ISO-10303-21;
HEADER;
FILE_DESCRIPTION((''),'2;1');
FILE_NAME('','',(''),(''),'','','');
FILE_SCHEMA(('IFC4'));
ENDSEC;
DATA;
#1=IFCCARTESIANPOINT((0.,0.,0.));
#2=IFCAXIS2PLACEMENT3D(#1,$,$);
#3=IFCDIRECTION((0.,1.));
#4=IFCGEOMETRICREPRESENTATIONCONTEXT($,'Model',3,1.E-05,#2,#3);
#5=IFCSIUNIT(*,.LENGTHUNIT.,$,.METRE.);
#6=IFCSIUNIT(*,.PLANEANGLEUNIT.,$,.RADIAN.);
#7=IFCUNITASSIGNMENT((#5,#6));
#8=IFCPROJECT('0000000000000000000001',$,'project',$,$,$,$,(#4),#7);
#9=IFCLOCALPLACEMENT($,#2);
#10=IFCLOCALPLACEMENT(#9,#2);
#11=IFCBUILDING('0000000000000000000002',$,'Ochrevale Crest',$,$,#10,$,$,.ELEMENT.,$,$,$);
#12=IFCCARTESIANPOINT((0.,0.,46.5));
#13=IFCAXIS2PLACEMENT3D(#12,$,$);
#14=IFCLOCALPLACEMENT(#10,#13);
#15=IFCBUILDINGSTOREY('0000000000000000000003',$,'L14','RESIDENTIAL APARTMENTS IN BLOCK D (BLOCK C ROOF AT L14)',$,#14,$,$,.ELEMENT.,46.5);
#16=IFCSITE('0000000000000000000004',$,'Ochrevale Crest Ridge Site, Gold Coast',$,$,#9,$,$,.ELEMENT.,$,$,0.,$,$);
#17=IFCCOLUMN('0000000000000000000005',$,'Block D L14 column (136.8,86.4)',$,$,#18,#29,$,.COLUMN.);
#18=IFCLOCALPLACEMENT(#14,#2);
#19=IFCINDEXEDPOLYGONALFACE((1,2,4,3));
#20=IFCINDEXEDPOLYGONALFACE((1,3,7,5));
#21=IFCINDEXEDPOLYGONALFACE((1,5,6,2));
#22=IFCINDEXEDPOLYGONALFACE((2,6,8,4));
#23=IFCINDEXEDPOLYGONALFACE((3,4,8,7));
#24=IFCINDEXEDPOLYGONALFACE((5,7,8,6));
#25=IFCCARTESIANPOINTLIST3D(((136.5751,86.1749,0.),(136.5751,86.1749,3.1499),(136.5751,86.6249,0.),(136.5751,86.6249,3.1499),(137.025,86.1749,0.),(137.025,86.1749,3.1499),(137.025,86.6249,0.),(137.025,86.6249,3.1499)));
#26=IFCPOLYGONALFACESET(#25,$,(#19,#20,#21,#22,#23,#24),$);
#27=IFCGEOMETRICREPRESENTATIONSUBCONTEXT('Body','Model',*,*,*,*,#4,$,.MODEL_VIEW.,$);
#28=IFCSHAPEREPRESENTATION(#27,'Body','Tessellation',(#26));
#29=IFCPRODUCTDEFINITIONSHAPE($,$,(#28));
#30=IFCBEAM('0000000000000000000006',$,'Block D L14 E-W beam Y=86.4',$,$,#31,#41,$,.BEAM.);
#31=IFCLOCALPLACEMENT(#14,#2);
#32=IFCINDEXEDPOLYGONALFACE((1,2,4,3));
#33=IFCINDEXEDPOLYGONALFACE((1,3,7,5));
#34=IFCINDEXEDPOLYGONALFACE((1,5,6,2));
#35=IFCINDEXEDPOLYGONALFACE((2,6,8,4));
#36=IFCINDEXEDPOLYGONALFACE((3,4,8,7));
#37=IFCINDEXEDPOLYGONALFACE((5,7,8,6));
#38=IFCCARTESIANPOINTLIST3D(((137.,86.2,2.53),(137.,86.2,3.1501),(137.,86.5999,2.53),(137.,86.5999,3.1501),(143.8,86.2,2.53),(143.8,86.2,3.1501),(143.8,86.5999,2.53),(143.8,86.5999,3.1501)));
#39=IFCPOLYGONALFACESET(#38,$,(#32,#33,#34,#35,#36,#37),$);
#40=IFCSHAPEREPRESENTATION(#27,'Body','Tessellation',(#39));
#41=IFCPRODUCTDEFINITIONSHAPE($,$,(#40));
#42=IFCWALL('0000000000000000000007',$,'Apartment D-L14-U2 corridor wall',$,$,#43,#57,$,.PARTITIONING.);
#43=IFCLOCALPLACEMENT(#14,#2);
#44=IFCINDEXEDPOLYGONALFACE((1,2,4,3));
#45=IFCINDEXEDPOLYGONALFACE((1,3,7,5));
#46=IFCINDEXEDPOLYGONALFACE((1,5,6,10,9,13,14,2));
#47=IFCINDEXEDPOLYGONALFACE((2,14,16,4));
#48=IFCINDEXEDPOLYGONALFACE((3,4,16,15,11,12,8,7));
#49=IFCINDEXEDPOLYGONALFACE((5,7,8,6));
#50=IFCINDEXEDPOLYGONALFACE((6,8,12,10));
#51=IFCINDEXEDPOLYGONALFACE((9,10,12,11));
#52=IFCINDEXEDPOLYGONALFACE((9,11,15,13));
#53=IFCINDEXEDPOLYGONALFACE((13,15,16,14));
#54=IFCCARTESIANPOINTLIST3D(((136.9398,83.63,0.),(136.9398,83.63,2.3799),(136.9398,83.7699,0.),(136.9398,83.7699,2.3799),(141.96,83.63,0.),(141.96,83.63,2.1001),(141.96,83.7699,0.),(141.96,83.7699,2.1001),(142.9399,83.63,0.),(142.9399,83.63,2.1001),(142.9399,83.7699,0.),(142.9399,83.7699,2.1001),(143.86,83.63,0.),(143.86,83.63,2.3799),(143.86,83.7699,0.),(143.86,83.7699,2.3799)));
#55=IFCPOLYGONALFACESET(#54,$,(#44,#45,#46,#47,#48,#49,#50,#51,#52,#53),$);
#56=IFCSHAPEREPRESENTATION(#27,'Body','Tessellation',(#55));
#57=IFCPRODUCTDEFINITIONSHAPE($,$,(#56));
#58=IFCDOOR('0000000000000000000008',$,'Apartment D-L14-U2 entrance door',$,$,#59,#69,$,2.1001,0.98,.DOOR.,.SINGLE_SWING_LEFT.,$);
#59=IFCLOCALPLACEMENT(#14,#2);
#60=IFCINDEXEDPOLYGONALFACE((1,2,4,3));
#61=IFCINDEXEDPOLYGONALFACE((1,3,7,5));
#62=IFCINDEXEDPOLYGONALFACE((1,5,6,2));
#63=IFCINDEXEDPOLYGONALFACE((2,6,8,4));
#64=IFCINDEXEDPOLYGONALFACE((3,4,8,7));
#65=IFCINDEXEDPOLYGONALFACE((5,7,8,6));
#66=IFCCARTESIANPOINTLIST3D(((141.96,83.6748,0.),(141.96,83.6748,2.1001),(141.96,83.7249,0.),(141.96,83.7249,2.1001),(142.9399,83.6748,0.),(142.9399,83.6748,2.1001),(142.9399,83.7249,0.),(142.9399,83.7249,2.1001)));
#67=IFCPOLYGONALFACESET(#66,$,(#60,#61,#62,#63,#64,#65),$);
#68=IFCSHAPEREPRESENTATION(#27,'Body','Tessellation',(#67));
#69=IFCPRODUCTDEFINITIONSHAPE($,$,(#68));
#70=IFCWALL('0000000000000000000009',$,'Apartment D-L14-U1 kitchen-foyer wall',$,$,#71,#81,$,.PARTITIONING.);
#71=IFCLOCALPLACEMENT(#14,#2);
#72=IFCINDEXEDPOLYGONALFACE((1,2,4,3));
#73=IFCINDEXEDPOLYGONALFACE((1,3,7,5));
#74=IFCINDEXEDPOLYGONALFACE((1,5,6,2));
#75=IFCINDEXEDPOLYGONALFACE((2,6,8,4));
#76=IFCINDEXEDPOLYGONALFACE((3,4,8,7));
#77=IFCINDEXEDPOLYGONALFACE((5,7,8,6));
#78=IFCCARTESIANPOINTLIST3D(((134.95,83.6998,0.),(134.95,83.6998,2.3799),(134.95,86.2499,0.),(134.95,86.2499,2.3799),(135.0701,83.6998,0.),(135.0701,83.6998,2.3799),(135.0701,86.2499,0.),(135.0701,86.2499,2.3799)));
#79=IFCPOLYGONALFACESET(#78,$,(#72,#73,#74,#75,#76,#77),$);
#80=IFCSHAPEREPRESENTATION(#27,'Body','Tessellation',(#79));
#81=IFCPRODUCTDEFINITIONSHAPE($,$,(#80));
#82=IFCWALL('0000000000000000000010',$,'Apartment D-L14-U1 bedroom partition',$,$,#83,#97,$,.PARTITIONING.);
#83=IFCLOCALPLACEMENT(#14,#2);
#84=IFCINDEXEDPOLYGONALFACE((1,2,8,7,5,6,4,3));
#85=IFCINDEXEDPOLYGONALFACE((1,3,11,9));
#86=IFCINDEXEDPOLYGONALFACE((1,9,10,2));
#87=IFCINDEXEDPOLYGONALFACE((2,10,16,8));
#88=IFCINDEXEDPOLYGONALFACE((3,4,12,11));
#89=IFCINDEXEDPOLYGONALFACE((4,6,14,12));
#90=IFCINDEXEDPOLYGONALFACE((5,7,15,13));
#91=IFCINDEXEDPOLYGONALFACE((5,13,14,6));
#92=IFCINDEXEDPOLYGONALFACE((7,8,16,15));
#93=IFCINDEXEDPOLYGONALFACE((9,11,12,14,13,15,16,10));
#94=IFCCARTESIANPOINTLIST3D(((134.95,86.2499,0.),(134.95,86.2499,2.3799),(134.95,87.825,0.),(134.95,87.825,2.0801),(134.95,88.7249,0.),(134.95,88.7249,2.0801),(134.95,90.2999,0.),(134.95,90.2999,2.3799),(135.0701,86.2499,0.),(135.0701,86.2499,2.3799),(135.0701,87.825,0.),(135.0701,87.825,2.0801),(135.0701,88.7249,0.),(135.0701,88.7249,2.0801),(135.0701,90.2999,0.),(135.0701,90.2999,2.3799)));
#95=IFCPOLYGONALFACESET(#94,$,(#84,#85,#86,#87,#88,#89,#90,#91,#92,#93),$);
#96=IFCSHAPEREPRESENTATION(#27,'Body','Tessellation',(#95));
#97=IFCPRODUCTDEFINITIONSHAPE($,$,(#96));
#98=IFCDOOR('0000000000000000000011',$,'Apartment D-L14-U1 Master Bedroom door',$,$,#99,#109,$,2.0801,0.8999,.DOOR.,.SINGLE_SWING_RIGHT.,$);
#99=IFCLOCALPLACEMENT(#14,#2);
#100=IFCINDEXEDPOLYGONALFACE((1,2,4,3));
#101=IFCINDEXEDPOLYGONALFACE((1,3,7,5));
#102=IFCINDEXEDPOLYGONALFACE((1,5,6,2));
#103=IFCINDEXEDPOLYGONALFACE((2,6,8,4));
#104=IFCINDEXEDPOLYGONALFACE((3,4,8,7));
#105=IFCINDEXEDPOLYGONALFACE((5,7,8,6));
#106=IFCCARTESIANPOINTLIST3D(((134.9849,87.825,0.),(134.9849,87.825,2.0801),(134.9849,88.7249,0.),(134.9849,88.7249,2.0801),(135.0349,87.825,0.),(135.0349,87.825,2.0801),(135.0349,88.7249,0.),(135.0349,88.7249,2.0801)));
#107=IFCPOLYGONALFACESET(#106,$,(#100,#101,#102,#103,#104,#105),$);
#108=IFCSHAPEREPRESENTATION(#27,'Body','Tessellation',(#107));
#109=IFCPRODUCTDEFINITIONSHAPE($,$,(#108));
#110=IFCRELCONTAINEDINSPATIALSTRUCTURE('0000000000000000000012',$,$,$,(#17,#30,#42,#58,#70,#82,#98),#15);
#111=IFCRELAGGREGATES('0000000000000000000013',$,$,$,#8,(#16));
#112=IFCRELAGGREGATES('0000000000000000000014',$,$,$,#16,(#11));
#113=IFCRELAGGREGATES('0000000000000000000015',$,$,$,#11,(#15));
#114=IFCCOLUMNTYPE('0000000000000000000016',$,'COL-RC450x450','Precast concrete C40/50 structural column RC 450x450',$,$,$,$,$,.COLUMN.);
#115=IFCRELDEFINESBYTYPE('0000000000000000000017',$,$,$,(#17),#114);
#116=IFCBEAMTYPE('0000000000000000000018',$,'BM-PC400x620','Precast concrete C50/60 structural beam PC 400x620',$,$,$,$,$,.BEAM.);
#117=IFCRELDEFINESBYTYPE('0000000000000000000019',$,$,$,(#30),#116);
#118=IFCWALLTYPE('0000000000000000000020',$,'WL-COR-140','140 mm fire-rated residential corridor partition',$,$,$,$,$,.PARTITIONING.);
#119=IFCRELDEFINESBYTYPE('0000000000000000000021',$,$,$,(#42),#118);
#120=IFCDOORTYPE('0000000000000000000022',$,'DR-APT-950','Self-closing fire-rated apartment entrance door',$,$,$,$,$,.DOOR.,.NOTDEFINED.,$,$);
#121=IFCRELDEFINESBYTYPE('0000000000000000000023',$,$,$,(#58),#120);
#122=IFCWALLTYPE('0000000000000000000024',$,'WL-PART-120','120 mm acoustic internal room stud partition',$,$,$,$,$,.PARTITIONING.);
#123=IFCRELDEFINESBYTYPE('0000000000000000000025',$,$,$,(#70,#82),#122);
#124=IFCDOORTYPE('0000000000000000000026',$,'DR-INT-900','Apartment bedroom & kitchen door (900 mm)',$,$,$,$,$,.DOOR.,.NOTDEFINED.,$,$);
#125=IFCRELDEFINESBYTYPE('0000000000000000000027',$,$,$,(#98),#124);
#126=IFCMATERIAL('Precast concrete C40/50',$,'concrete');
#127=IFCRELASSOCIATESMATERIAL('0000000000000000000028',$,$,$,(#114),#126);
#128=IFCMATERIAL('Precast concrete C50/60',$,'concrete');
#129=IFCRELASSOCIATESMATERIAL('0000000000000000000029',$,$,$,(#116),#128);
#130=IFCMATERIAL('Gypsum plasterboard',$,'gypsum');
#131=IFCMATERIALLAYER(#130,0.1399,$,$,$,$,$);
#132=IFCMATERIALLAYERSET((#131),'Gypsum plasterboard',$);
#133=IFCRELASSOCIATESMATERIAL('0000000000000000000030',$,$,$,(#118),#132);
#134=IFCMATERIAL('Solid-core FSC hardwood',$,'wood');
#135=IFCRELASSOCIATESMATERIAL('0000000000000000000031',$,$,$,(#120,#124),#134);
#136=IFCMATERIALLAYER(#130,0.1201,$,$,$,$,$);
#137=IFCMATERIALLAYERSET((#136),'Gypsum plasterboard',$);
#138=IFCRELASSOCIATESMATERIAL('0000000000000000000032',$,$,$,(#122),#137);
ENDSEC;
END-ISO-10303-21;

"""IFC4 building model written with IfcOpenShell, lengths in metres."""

from ifc_helpers import new_model, si_unit, direction, frame, frame_2d, origin, origin_2d, place, context, subcontext, project, spatial, rectangle, extrude, material, layer, layer_set, material_profile, profile_set, type_object, element, fill, save


model = new_model("IFC4")

# Units and contexts
model_context = context("Model", 3, precision=1e-05, world=origin(), true_north=direction((0.0, 1.0)))
body_context = subcontext(model_context, "Body", "Model", "MODEL_VIEW")
ifc_project = project(units=[si_unit("LENGTHUNIT", "METRE"), si_unit("PLANEANGLEUNIT", "RADIAN")], contexts=[model_context])

# Site, building, storey
site_placement = place(None, origin())
site = spatial("IfcSite", under=ifc_project, at=site_placement, Name="Ochrevale Crest Ridge Site, Gold Coast", CompositionType="ELEMENT", RefElevation=0.0)
building_placement = place(site_placement, origin())
building = spatial("IfcBuilding", under=site, at=building_placement, Name="Ochrevale Crest", CompositionType="ELEMENT")
storey_placement = place(building_placement, frame((0.0, 0.0, 46.5)))
storey = spatial("IfcBuildingStorey", under=building, at=storey_placement, Name="L14", Description="RESIDENTIAL APARTMENTS IN BLOCK D (BLOCK C ROOF AT L14)", CompositionType="ELEMENT", Elevation=46.5)

# Column
ifc_material_1 = material(Name="Precast concrete C40/50", Category="concrete")
ifc_material_profile_1 = material_profile(ifc_material_1, rectangle(XDim=0.45, YDim=0.45, at=origin_2d()), Name="RC 450x450")
ifc_profile_set_1 = profile_set([ifc_material_profile_1], Name="Precast concrete C40/50")
column_type = type_object("IfcColumnType", Name="COL-RC450x450", Description="Precast concrete C40/50 structural column RC 450x450", PredefinedType="COLUMN", material=ifc_profile_set_1)
column_placement = place(storey_placement, frame((136.8, 86.3999, 0.0), z_axis=(0.0, 0.0, 1.0), x_axis=(1.0, 0.0, 0.0)))
element("IfcColumn", 1, at=column_placement, inside=storey, type_object=column_type, Name="Block D L14 column (136.8,86.4)", PredefinedType="COLUMN", context=body_context, shape_type="SweptSolid", body=[
    extrude(rectangle(XDim=0.45, YDim=0.45, at=origin_2d()), origin(), (0.0, 0.0, 1.0), 3.1499),
])

# Beam
ifc_material_2 = material(Name="Precast concrete C50/60", Category="concrete")
ifc_material_profile_2 = material_profile(ifc_material_2, rectangle(XDim=0.3999, YDim=0.6201, at=origin_2d()), Name="PC 400x620")
ifc_profile_set_2 = profile_set([ifc_material_profile_2], Name="Precast concrete C50/60")
beam_type = type_object("IfcBeamType", Name="BM-PC400x620", Description="Precast concrete C50/60 structural beam PC 400x620", PredefinedType="BEAM", material=ifc_profile_set_2)
beam_placement = place(storey_placement, frame((137.0, 86.3999, 2.8401), z_axis=(1.0, 0.0, 0.0), x_axis=(0.0, 1.0, 0.0)))
element("IfcBeam", 2, at=beam_placement, inside=storey, type_object=beam_type, Name="Block D L14 E-W beam Y=86.4", PredefinedType="BEAM", context=body_context, shape_type="SweptSolid", body=[
    extrude(rectangle(XDim=0.3999, YDim=0.6201, at=origin_2d()), origin(), (0.0, 0.0, 1.0), 6.8),
])

# Wall, opening, door
ifc_material_3 = material(Name="Gypsum plasterboard", Category="gypsum")
ifc_layer_1 = layer(ifc_material_3, 0.1399)
ifc_layer_set_1 = layer_set([ifc_layer_1], Name="Gypsum plasterboard")
wall_type_1 = type_object("IfcWallType", Name="WL-COR-140", Description="140 mm fire-rated residential corridor partition", PredefinedType="PARTITIONING", material=ifc_layer_set_1)
wall_1_placement = place(storey_placement, frame((136.9399, 83.7, 0.0), z_axis=(0.0, 0.0, 1.0), x_axis=(1.0, 0.0, 0.0)))
wall_1 = element("IfcWall", 3, at=wall_1_placement, inside=storey, type_object=wall_type_1, Name="Apartment D-L14-U2 corridor wall", PredefinedType="PARTITIONING", context=body_context, shape_type="SweptSolid", body=[
    extrude(rectangle(XDim=6.9202, YDim=0.1399, at=frame_2d((3.46, 0.0))), origin(), (0.0, 0.0, 1.0), 2.3799),
])
opening_1_placement = place(wall_1_placement, frame((5.02, 0.0, 0.0)))
opening_1 = element("IfcOpeningElement", 4, at=opening_1_placement, cuts=wall_1, PredefinedType="OPENING", context=body_context, shape_type="SweptSolid", body=[
    extrude(rectangle(XDim=0.98, YDim=2.1001, at=frame_2d((0.49, 1.05))), frame((0.0, 0.0801, 0.0), z_axis=(0.0, -1.0, 0.0), x_axis=(1.0, 0.0, 0.0)), (0.0, 0.0, 1.0), 0.1599),
])
ifc_material_4 = material(Name="Solid-core FSC hardwood", Category="wood")
door_type_1 = type_object("IfcDoorType", Name="DR-APT-950", Description="Self-closing fire-rated apartment entrance door", OperationType="NOTDEFINED", PredefinedType="DOOR", material=ifc_material_4)
door_1_placement = place(opening_1_placement, origin())
door_1 = element("IfcDoor", 5, at=door_1_placement, inside=storey, type_object=door_type_1, Name="Apartment D-L14-U2 entrance door", OperationType="SINGLE_SWING_LEFT", OverallHeight=2.1001, OverallWidth=0.98, PredefinedType="DOOR", context=body_context, shape_type="SweptSolid", body=[
    extrude(rectangle(XDim=0.98, YDim=2.1001, at=frame_2d((0.49, 1.05))), frame((0.0, 0.0249, 0.0), z_axis=(0.0, -1.0, 0.0), x_axis=(1.0, 0.0, 0.0)), (0.0, 0.0, 1.0), 0.05),
])
fill(opening_1, door_1)

# Wall
ifc_layer_2 = layer(ifc_material_3, 0.1201)
ifc_layer_set_2 = layer_set([ifc_layer_2], Name="Gypsum plasterboard")
wall_type_2 = type_object("IfcWallType", Name="WL-PART-120", Description="120 mm acoustic internal room stud partition", PredefinedType="PARTITIONING", material=ifc_layer_set_2)
wall_2_placement = place(storey_placement, frame((135.01, 83.7, 0.0), z_axis=(0.0, 0.0, 1.0), x_axis=(0.0, 1.0, 0.0)))
element("IfcWall", 6, at=wall_2_placement, inside=storey, type_object=wall_type_2, Name="Apartment D-L14-U1 kitchen-foyer wall", PredefinedType="PARTITIONING", context=body_context, shape_type="SweptSolid", body=[
    extrude(rectangle(XDim=2.55, YDim=0.1201, at=frame_2d((1.2749, 0.0))), origin(), (0.0, 0.0, 1.0), 2.3799),
])

# Wall, opening, door
wall_3_placement = place(storey_placement, frame((135.01, 86.25, 0.0), z_axis=(0.0, 0.0, 1.0), x_axis=(0.0, 1.0, 0.0)))
wall_3 = element("IfcWall", 7, at=wall_3_placement, inside=storey, type_object=wall_type_2, Name="Apartment D-L14-U1 bedroom partition", PredefinedType="PARTITIONING", context=body_context, shape_type="SweptSolid", body=[
    extrude(rectangle(XDim=4.05, YDim=0.1201, at=frame_2d((2.0249, 0.0))), origin(), (0.0, 0.0, 1.0), 2.3799),
])
opening_2_placement = place(wall_3_placement, frame((2.4749, 0.0, 0.0), z_axis=(0.0, 0.0, 1.0), x_axis=(-1.0, 0.0, 0.0)))
opening_2 = element("IfcOpeningElement", 8, at=opening_2_placement, cuts=wall_3, PredefinedType="OPENING", context=body_context, shape_type="SweptSolid", body=[
    extrude(rectangle(XDim=0.8999, YDim=2.0801, at=frame_2d((0.45, 1.04))), frame((0.0, 0.0701, 0.0), z_axis=(0.0, -1.0, 0.0), x_axis=(1.0, 0.0, 0.0)), (0.0, 0.0, 1.0), 0.1401),
])
door_type_2 = type_object("IfcDoorType", Name="DR-INT-900", Description="Apartment bedroom & kitchen door (900 mm)", OperationType="NOTDEFINED", PredefinedType="DOOR", material=ifc_material_4)
door_2_placement = place(opening_2_placement, origin())
door_2 = element("IfcDoor", 9, at=door_2_placement, inside=storey, type_object=door_type_2, Name="Apartment D-L14-U1 Master Bedroom door", OperationType="SINGLE_SWING_RIGHT", OverallHeight=2.0801, OverallWidth=0.8999, PredefinedType="DOOR", context=body_context, shape_type="SweptSolid", body=[
    extrude(rectangle(XDim=0.8999, YDim=2.0801, at=frame_2d((0.45, 1.04))), frame((0.0, 0.0249, 0.0), z_axis=(0.0, -1.0, 0.0), x_axis=(1.0, 0.0, 0.0)), (0.0, 0.0, 1.0), 0.05),
])
fill(opening_2, door_2)

save(model, "model.ifc")
